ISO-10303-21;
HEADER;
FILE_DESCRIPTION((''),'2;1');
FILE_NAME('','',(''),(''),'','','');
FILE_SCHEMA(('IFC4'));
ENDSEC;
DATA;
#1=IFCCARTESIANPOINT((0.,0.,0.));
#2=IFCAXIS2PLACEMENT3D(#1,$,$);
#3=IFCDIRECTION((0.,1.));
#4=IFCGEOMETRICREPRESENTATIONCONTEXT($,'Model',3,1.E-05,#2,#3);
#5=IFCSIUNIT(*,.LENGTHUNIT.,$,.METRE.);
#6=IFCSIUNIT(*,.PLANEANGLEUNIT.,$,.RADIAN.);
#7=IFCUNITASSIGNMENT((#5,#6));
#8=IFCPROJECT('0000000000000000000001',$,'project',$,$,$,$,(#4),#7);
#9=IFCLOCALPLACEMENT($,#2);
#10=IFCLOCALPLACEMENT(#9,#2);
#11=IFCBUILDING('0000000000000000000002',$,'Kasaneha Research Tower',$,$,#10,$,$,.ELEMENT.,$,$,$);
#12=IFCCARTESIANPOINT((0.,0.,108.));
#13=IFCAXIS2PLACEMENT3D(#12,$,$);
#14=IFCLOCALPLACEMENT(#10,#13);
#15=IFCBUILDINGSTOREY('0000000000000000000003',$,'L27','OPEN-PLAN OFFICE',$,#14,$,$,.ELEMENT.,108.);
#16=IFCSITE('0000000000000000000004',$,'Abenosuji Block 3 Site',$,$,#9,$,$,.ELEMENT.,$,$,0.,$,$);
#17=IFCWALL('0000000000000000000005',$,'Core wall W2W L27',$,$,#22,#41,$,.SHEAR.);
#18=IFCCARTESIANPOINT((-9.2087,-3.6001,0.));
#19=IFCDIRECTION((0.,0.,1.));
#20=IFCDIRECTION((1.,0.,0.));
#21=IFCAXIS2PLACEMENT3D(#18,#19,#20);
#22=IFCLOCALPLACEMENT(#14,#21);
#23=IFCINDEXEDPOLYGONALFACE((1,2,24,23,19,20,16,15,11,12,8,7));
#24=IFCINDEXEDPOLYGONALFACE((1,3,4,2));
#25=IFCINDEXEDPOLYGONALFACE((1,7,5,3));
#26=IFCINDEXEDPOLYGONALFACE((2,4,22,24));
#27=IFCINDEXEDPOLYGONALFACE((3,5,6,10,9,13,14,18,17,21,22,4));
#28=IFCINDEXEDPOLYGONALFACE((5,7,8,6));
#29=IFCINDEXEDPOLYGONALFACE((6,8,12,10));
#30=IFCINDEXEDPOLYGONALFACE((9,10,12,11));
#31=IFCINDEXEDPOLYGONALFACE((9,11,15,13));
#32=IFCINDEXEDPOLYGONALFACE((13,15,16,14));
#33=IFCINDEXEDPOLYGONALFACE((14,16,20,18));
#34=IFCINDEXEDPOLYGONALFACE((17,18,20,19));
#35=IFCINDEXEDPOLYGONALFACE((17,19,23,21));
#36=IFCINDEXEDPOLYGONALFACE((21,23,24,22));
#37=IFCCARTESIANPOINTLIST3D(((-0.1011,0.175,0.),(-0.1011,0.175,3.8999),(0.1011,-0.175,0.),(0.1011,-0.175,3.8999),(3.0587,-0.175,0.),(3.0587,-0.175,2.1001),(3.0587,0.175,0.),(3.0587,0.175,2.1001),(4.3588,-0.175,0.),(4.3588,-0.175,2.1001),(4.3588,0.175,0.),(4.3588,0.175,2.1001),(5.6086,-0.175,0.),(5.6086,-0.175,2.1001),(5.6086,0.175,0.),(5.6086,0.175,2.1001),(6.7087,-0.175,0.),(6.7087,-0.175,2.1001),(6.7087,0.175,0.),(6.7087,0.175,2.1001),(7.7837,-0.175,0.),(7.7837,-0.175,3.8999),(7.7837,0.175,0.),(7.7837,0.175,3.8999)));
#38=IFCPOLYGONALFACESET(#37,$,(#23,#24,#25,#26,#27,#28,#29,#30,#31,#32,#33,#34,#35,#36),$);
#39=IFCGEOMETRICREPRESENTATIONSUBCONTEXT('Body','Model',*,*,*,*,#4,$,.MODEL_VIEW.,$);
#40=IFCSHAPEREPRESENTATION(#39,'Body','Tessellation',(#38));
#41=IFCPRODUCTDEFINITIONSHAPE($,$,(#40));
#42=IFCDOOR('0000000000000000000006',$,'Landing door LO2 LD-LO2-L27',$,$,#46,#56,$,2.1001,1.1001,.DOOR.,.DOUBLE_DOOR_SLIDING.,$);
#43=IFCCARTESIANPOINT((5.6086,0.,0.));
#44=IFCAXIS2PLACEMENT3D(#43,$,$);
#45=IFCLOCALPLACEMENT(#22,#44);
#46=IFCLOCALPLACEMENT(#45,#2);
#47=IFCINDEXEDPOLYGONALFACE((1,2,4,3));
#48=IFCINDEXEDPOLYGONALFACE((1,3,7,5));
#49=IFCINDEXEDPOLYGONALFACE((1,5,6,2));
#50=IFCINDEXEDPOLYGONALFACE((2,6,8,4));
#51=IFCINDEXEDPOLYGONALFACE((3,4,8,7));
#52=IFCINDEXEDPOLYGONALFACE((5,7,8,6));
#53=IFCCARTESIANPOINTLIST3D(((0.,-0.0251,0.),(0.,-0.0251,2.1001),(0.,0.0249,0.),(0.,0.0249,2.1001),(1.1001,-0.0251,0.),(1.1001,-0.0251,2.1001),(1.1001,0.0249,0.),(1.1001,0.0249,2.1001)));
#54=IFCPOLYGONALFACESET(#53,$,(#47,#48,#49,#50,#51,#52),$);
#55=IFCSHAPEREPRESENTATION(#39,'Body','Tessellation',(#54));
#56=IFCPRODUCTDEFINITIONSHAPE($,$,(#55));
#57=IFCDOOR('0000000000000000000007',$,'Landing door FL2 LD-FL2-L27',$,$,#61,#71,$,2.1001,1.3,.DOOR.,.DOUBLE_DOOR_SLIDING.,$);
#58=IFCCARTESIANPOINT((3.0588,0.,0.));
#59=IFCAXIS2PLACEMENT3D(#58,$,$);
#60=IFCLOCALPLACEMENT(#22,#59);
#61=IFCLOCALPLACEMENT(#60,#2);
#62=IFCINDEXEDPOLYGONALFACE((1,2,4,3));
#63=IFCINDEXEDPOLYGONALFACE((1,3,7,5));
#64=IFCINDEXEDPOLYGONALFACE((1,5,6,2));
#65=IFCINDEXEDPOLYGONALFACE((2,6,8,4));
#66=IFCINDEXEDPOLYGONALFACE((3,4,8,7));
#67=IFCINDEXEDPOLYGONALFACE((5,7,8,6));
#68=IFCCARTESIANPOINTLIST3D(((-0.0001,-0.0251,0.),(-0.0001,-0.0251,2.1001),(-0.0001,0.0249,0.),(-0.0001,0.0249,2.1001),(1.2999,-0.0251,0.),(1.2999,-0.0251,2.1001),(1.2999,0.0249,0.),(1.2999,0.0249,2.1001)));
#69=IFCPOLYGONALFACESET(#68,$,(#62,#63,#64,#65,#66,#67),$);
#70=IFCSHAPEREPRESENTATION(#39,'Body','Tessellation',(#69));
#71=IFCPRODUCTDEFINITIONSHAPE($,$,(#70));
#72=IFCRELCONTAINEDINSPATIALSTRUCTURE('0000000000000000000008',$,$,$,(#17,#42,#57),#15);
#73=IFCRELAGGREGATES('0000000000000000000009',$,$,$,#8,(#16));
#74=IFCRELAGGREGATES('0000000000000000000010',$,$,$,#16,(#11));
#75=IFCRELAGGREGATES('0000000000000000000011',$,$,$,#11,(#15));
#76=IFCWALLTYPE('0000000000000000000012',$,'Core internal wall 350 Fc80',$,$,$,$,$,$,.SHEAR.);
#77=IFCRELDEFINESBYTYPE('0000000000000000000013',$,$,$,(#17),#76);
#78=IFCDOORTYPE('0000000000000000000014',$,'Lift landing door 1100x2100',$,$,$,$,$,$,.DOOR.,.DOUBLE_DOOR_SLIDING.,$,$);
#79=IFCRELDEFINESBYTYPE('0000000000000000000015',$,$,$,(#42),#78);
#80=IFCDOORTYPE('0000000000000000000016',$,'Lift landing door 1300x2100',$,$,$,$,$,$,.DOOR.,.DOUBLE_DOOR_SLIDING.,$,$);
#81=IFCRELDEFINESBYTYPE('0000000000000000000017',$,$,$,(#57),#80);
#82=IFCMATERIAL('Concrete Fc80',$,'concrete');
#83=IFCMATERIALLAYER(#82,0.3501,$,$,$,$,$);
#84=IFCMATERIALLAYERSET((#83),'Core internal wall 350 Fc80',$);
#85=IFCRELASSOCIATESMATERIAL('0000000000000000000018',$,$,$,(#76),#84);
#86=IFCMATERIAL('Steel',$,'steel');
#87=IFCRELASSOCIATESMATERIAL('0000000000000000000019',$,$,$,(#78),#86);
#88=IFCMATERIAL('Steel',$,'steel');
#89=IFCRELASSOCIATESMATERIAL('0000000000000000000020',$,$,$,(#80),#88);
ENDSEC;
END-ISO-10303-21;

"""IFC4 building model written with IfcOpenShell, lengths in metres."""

from ifc_helpers import new_model, si_unit, direction, frame, frame_2d, origin, place, context, subcontext, project, spatial, polyline, rectangle, outline, extrude, material, layer, layer_set, type_object, element, fill, save


model = new_model("IFC4")

# Units and contexts
model_context = context("Model", 3, precision=1e-05, world=origin(), true_north=direction((0.0, 1.0)))
body_context = subcontext(model_context, "Body", "Model", "MODEL_VIEW")
ifc_project = project(units=[si_unit("LENGTHUNIT", "METRE"), si_unit("PLANEANGLEUNIT", "RADIAN")], contexts=[model_context])

# Site, building, storey
site_placement = place(None, origin())
site = spatial("IfcSite", under=ifc_project, at=site_placement, Name="Abenosuji Block 3 Site", CompositionType="ELEMENT", RefElevation=0.0)
building_placement = place(site_placement, origin())
building = spatial("IfcBuilding", under=site, at=building_placement, Name="Kasaneha Research Tower", CompositionType="ELEMENT")
storey_placement = place(building_placement, frame((0.0, 0.0, 108.0)))
storey = spatial("IfcBuildingStorey", under=building, at=storey_placement, Name="L27", Description="OPEN-PLAN OFFICE", CompositionType="ELEMENT", Elevation=108.0)

# Wall, openings, doors
ifc_material_1 = material(Name="Concrete Fc80", Category="concrete")
ifc_layer_1 = layer(ifc_material_1, 0.3501)
ifc_layer_set_1 = layer_set([ifc_layer_1], Name="Core internal wall 350 Fc80")
wall_type_1 = type_object("IfcWallType", Name="Core internal wall 350 Fc80", PredefinedType="SHEAR", material=ifc_layer_set_1)
wall_1_placement = place(storey_placement, frame((-9.2087, -3.6001, 0.0), z_axis=(0.0, 0.0, 1.0), x_axis=(1.0, 0.0, 0.0)))
wall_1 = element("IfcWall", 1, at=wall_1_placement, inside=storey, type_object=wall_type_1, Name="Core wall W2W L27", PredefinedType="SHEAR", context=body_context, shape_type="SweptSolid", body=[
    extrude(outline(polyline([(0.1011, -0.175), (3.0588, -0.175), (4.3589, -0.175), (5.6086, -0.175), (6.7087, -0.175), (7.7837, -0.175), (7.7837, 0.175), (6.7087, 0.175), (5.6086, 0.175), (4.3589, 0.175), (3.0588, 0.175), (-0.1011, 0.175), (0.1011, -0.175)])), origin(), (0.0, 0.0, 1.0), 3.8999),
])
opening_1_placement = place(wall_1_placement, frame((5.6086, 0.0, 0.0)))
opening_1 = element("IfcOpeningElement", 2, at=opening_1_placement, cuts=wall_1, PredefinedType="OPENING", context=body_context, shape_type="SweptSolid", body=[
    extrude(rectangle(XDim=1.1001, YDim=2.1001, at=frame_2d((0.55, 1.05))), frame((0.0, 0.1851, 0.0), z_axis=(0.0, -1.0, 0.0), x_axis=(1.0, 0.0, 0.0)), (0.0, 0.0, 1.0), 0.3701),
])
opening_2_placement = place(wall_1_placement, frame((3.0588, 0.0, 0.0)))
opening_2 = element("IfcOpeningElement", 3, at=opening_2_placement, cuts=wall_1, PredefinedType="OPENING", context=body_context, shape_type="SweptSolid", body=[
    extrude(rectangle(XDim=1.3, YDim=2.1001, at=frame_2d((0.6499, 1.05))), frame((0.0, 0.1851, 0.0), z_axis=(0.0, -1.0, 0.0), x_axis=(1.0, 0.0, 0.0)), (0.0, 0.0, 1.0), 0.3701),
])
ifc_material_2 = material(Name="Steel", Category="steel")
door_type_1 = type_object("IfcDoorType", Name="Lift landing door 1100x2100", OperationType="DOUBLE_DOOR_SLIDING", PredefinedType="DOOR", material=ifc_material_2)
door_1_placement = place(opening_1_placement, origin())
door_1 = element("IfcDoor", 4, at=door_1_placement, inside=storey, type_object=door_type_1, Name="Landing door LO2 LD-LO2-L27", OperationType="DOUBLE_DOOR_SLIDING", OverallHeight=2.1001, OverallWidth=1.1001, PredefinedType="DOOR", context=body_context, shape_type="SweptSolid", body=[
    extrude(rectangle(XDim=1.1001, YDim=2.1001, at=frame_2d((0.55, 1.05))), frame((0.0, 0.0249, 0.0), z_axis=(0.0, -1.0, 0.0), x_axis=(1.0, 0.0, 0.0)), (0.0, 0.0, 1.0), 0.05),
])
fill(opening_1, door_1)
ifc_material_3 = material(Name="Steel", Category="steel")
door_type_2 = type_object("IfcDoorType", Name="Lift landing door 1300x2100", OperationType="DOUBLE_DOOR_SLIDING", PredefinedType="DOOR", material=ifc_material_3)
door_2_placement = place(opening_2_placement, origin())
door_2 = element("IfcDoor", 5, at=door_2_placement, inside=storey, type_object=door_type_2, Name="Landing door FL2 LD-FL2-L27", OperationType="DOUBLE_DOOR_SLIDING", OverallHeight=2.1001, OverallWidth=1.3, PredefinedType="DOOR", context=body_context, shape_type="SweptSolid", body=[
    extrude(rectangle(XDim=1.3, YDim=2.1001, at=frame_2d((0.6499, 1.05))), frame((0.0, 0.0249, 0.0), z_axis=(0.0, -1.0, 0.0), x_axis=(1.0, 0.0, 0.0)), (0.0, 0.0, 1.0), 0.05),
])
fill(opening_2, door_2)

save(model, "model.ifc")
